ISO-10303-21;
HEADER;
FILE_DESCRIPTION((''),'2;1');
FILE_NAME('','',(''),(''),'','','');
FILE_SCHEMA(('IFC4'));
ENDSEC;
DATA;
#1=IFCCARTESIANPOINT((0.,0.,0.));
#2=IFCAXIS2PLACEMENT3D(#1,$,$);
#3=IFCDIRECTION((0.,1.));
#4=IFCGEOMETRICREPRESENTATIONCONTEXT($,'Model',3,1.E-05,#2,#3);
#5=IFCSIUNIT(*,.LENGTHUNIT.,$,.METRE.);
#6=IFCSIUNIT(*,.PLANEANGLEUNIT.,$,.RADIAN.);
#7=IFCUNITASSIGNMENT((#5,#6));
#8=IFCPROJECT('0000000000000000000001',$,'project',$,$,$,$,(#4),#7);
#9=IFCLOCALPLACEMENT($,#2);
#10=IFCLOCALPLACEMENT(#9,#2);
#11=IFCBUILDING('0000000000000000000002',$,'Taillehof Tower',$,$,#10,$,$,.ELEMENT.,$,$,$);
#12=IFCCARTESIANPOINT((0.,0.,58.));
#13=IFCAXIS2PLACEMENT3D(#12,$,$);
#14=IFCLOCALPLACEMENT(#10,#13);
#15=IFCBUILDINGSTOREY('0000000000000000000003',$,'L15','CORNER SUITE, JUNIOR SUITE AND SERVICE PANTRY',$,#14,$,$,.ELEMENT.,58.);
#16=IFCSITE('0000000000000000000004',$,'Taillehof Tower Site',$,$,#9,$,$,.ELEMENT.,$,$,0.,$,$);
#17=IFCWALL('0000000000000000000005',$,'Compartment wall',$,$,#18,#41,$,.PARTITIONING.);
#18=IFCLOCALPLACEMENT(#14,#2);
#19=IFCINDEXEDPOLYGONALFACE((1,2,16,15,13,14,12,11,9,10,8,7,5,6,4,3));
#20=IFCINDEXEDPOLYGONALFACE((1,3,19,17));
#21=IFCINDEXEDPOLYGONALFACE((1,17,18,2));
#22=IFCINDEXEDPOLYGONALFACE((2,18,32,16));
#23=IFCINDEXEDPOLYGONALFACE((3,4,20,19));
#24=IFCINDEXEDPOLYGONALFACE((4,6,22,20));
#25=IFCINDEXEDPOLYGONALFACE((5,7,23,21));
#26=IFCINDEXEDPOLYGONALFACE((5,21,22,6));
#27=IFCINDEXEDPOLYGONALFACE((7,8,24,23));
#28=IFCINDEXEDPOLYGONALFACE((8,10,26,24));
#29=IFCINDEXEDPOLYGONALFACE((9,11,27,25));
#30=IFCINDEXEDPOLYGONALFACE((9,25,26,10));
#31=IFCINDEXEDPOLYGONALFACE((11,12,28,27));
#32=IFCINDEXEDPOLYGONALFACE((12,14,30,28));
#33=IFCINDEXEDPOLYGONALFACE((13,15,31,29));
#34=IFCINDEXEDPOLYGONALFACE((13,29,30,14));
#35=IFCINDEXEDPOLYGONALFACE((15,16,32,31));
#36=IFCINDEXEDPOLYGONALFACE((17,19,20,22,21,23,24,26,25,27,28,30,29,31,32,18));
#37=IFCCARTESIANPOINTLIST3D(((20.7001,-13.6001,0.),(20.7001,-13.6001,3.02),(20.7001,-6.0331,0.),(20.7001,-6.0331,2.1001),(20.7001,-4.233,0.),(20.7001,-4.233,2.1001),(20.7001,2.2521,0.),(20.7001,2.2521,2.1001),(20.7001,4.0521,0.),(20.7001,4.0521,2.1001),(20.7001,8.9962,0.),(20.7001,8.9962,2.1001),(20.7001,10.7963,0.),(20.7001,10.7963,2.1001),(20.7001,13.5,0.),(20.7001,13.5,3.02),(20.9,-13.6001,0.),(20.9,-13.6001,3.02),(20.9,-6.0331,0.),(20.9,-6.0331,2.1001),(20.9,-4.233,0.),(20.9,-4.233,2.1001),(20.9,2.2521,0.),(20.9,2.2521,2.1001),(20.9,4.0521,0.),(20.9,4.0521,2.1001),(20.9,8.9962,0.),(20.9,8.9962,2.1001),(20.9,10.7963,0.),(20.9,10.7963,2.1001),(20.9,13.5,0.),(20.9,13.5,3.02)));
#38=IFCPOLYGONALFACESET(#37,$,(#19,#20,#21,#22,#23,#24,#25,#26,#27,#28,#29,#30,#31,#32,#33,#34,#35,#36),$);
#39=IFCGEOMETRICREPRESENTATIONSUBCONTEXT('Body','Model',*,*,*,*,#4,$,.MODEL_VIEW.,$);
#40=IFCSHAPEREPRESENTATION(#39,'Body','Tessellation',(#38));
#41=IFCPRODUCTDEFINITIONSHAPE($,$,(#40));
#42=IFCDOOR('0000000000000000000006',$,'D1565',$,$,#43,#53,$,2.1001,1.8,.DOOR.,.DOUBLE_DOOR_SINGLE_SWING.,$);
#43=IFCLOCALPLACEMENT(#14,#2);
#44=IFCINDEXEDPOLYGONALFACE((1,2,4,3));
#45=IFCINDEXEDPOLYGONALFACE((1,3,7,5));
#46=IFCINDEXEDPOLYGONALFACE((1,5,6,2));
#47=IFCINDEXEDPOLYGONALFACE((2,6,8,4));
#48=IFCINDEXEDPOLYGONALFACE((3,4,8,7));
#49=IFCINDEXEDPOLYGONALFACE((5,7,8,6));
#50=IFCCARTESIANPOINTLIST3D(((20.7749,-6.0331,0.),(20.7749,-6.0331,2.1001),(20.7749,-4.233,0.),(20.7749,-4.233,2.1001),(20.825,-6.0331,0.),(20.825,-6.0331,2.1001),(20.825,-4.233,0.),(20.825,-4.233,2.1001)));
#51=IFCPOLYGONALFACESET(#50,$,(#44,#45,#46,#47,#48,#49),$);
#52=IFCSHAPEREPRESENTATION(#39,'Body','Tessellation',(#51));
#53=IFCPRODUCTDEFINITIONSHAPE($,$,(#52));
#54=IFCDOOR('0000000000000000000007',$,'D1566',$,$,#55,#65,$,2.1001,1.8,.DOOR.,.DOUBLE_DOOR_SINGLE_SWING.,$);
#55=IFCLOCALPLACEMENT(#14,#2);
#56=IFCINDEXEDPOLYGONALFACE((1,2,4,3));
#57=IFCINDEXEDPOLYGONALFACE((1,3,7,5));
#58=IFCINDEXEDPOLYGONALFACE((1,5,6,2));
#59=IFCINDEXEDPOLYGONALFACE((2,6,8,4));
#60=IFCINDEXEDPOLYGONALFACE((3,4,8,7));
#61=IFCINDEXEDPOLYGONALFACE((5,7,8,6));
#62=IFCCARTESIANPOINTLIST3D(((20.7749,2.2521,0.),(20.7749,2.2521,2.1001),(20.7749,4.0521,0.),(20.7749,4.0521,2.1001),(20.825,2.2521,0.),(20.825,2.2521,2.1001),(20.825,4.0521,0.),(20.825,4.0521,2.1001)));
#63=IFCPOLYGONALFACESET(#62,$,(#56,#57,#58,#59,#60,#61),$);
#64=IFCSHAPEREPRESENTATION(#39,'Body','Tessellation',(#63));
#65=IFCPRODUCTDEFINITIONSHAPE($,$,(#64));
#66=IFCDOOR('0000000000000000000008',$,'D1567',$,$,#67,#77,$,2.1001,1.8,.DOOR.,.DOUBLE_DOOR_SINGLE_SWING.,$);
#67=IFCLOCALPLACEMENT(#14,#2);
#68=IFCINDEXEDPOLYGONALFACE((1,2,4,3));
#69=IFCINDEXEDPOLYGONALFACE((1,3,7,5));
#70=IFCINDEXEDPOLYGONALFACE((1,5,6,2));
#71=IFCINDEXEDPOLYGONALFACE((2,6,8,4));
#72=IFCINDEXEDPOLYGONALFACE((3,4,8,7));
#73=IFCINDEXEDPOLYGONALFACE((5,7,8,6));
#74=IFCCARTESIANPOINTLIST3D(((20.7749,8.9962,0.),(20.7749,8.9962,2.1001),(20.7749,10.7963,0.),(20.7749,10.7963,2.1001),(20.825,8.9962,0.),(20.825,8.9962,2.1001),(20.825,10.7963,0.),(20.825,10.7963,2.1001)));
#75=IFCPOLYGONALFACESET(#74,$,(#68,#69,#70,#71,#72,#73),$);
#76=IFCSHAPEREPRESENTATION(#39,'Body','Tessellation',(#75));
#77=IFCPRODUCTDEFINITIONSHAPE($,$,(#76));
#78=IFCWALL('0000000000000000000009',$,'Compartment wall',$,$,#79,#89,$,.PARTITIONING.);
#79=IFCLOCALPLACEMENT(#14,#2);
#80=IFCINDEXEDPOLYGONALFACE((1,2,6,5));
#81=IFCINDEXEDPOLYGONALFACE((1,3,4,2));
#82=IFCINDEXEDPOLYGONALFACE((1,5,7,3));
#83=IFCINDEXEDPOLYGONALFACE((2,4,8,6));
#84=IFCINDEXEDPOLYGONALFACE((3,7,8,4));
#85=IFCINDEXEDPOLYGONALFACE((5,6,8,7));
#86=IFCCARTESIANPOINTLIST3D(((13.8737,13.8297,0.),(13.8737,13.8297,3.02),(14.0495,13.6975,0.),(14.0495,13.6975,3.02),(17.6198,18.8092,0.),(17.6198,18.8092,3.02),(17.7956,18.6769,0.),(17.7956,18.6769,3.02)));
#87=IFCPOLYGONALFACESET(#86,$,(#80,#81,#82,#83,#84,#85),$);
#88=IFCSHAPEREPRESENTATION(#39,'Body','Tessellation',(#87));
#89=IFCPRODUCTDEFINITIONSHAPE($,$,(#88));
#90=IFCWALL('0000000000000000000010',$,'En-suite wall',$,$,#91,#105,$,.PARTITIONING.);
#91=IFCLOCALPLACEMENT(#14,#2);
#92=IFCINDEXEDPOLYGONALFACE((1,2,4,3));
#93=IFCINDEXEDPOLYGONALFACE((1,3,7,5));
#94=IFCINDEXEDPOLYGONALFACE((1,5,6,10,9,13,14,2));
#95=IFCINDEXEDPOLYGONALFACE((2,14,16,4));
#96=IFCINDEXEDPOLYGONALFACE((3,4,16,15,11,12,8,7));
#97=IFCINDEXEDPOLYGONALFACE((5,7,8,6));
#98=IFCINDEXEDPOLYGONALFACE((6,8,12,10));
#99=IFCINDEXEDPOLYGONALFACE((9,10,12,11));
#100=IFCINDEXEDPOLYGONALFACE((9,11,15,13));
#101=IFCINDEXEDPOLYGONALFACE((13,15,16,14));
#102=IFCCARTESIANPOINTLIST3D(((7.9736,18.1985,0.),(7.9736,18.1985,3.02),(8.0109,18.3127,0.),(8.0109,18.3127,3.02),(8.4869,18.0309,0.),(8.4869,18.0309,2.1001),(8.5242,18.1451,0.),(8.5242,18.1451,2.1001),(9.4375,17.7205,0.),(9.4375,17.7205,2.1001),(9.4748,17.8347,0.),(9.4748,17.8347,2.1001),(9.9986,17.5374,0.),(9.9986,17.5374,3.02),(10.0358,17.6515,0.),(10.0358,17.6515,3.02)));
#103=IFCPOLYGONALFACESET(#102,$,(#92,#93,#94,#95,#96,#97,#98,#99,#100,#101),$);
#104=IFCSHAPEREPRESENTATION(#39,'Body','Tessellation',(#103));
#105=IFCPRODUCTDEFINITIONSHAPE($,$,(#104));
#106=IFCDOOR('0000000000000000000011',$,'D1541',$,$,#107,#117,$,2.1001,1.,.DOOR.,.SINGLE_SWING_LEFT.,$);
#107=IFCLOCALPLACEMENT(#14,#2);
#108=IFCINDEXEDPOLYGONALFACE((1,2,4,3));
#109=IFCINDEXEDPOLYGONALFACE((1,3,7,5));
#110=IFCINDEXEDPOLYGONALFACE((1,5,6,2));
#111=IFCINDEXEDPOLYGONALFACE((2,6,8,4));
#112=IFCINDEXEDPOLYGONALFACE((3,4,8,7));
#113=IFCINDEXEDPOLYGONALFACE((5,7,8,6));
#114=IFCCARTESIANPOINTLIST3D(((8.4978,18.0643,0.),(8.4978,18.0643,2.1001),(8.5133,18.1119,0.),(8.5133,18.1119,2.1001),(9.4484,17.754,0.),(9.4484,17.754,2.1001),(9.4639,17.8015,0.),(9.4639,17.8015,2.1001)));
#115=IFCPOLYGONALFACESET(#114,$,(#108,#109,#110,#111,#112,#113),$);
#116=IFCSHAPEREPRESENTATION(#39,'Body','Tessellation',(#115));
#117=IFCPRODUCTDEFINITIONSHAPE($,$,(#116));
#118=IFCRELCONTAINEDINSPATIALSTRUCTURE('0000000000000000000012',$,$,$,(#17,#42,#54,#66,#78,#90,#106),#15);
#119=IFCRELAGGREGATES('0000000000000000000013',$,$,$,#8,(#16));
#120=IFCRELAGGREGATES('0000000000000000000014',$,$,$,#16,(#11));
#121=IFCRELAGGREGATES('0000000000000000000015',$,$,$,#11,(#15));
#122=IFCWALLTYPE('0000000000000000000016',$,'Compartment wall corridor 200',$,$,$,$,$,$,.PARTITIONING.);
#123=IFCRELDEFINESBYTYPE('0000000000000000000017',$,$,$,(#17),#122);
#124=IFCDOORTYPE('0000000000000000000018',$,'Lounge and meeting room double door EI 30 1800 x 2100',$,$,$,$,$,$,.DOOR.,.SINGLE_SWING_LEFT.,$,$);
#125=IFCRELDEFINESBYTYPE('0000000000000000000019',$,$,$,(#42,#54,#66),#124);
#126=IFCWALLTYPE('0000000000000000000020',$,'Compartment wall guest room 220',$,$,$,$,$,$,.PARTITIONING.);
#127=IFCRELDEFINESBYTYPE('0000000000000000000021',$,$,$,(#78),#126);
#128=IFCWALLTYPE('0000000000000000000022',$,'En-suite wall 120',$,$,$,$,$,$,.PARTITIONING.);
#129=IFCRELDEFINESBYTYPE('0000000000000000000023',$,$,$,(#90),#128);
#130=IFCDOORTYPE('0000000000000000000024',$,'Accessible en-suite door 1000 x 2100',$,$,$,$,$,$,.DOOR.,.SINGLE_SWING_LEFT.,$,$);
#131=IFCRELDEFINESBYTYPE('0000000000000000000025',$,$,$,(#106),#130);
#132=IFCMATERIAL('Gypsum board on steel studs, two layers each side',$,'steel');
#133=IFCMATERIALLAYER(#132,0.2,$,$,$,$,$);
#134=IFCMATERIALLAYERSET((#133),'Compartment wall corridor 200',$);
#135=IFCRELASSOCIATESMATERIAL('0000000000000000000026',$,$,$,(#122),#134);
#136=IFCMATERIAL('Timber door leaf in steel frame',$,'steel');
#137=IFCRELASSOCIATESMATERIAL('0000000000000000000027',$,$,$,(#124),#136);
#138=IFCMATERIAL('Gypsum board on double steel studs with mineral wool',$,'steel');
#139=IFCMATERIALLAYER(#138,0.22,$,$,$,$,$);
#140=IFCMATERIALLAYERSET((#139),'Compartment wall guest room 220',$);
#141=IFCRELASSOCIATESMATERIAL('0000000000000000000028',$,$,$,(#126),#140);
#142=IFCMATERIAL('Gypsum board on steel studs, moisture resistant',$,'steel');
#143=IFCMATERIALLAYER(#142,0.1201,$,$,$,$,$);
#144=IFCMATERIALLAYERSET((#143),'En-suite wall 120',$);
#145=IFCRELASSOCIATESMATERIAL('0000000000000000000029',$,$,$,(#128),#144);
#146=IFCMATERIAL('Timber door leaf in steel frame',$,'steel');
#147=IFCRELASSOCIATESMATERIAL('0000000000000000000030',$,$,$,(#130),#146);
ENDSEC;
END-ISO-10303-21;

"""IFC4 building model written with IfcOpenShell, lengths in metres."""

from ifc_helpers import new_model, si_unit, direction, frame, frame_2d, origin, place, context, subcontext, project, spatial, rectangle, extrude, material, layer, layer_set, type_object, element, fill, save


model = new_model("IFC4")

# Units and contexts
model_context = context("Model", 3, precision=1e-05, world=origin(), true_north=direction((0.0, 1.0)))
body_context = subcontext(model_context, "Body", "Model", "MODEL_VIEW")
ifc_project = project(units=[si_unit("LENGTHUNIT", "METRE"), si_unit("PLANEANGLEUNIT", "RADIAN")], contexts=[model_context])

# Site, building, storey
site_placement = place(None, origin())
site = spatial("IfcSite", under=ifc_project, at=site_placement, Name="Taillehof Tower Site", CompositionType="ELEMENT", RefElevation=0.0)
building_placement = place(site_placement, origin())
building = spatial("IfcBuilding", under=site, at=building_placement, Name="Taillehof Tower", CompositionType="ELEMENT")
storey_placement = place(building_placement, frame((0.0, 0.0, 58.0)))
storey = spatial("IfcBuildingStorey", under=building, at=storey_placement, Name="L15", Description="CORNER SUITE, JUNIOR SUITE AND SERVICE PANTRY", CompositionType="ELEMENT", Elevation=58.0)

# Shared definitions
ifc_material_1 = material(Name="Gypsum board on steel studs, two layers each side", Category="steel")
ifc_layer_1 = layer(ifc_material_1, 0.2)
ifc_layer_set_1 = layer_set([ifc_layer_1], Name="Compartment wall corridor 200")
wall_type_1 = type_object("IfcWallType", Name="Compartment wall corridor 200", PredefinedType="PARTITIONING", material=ifc_layer_set_1)

# Wall, openings, doors
wall_1_placement = place(storey_placement, frame((20.8, 13.5, 0.0), z_axis=(0.0, 0.0, 1.0), x_axis=(0.0, -1.0, 0.0)))
wall_1 = element("IfcWall", 1, at=wall_1_placement, inside=storey, type_object=wall_type_1, Name="Compartment wall", PredefinedType="PARTITIONING", context=body_context, shape_type="SweptSolid", body=[
    extrude(rectangle(XDim=27.1001, YDim=0.2, at=frame_2d((13.55, 0.0))), origin(), (0.0, 0.0, 1.0), 3.02),
])
opening_1_placement = place(wall_1_placement, frame((17.7332, 0.0, 0.0)))
opening_1 = element("IfcOpeningElement", 2, at=opening_1_placement, cuts=wall_1, PredefinedType="OPENING", context=body_context, shape_type="SweptSolid", body=[
    extrude(rectangle(XDim=1.8, YDim=2.1001, at=frame_2d((0.8999, 1.05))), frame((0.0, 0.1099, 0.0), z_axis=(0.0, -1.0, 0.0), x_axis=(1.0, 0.0, 0.0)), (0.0, 0.0, 1.0), 0.22),
])
opening_2_placement = place(wall_1_placement, frame((9.448, 0.0, 0.0)))
opening_2 = element("IfcOpeningElement", 3, at=opening_2_placement, cuts=wall_1, PredefinedType="OPENING", context=body_context, shape_type="SweptSolid", body=[
    extrude(rectangle(XDim=1.8, YDim=2.1001, at=frame_2d((0.8999, 1.05))), frame((0.0, 0.1099, 0.0), z_axis=(0.0, -1.0, 0.0), x_axis=(1.0, 0.0, 0.0)), (0.0, 0.0, 1.0), 0.22),
])
opening_3_placement = place(wall_1_placement, frame((2.7039, 0.0, 0.0)))
opening_3 = element("IfcOpeningElement", 4, at=opening_3_placement, cuts=wall_1, PredefinedType="OPENING", context=body_context, shape_type="SweptSolid", body=[
    extrude(rectangle(XDim=1.8, YDim=2.1001, at=frame_2d((0.8999, 1.05))), frame((0.0, 0.1099, 0.0), z_axis=(0.0, -1.0, 0.0), x_axis=(1.0, 0.0, 0.0)), (0.0, 0.0, 1.0), 0.22),
])
ifc_material_2 = material(Name="Timber door leaf in steel frame", Category="steel")
door_type_1 = type_object("IfcDoorType", Name="Lounge and meeting room double door EI 30 1800 x 2100", OperationType="SINGLE_SWING_LEFT", PredefinedType="DOOR", material=ifc_material_2)
door_1_placement = place(opening_1_placement, origin())
door_1 = element("IfcDoor", 5, at=door_1_placement, inside=storey, type_object=door_type_1, Name="D1565", OperationType="DOUBLE_DOOR_SINGLE_SWING", OverallHeight=2.1001, OverallWidth=1.8, PredefinedType="DOOR", context=body_context, shape_type="SweptSolid", body=[
    extrude(rectangle(XDim=1.8, YDim=2.1001, at=frame_2d((0.8999, 1.05))), frame((0.0, 0.0249, 0.0), z_axis=(0.0, -1.0, 0.0), x_axis=(1.0, 0.0, 0.0)), (0.0, 0.0, 1.0), 0.05),
])
fill(opening_1, door_1)
door_2_placement = place(opening_2_placement, origin())
door_2 = element("IfcDoor", 6, at=door_2_placement, inside=storey, type_object=door_type_1, Name="D1566", OperationType="DOUBLE_DOOR_SINGLE_SWING", OverallHeight=2.1001, OverallWidth=1.8, PredefinedType="DOOR", context=body_context, shape_type="SweptSolid", body=[
    extrude(rectangle(XDim=1.8, YDim=2.1001, at=frame_2d((0.8999, 1.05))), frame((0.0, 0.0249, 0.0), z_axis=(0.0, -1.0, 0.0), x_axis=(1.0, 0.0, 0.0)), (0.0, 0.0, 1.0), 0.05),
])
fill(opening_2, door_2)
door_3_placement = place(opening_3_placement, origin())
door_3 = element("IfcDoor", 7, at=door_3_placement, inside=storey, type_object=door_type_1, Name="D1567", OperationType="DOUBLE_DOOR_SINGLE_SWING", OverallHeight=2.1001, OverallWidth=1.8, PredefinedType="DOOR", context=body_context, shape_type="SweptSolid", body=[
    extrude(rectangle(XDim=1.8, YDim=2.1001, at=frame_2d((0.8999, 1.05))), frame((0.0, 0.0249, 0.0), z_axis=(0.0, -1.0, 0.0), x_axis=(1.0, 0.0, 0.0)), (0.0, 0.0, 1.0), 0.05),
])
fill(opening_3, door_3)

# Wall
ifc_material_3 = material(Name="Gypsum board on double steel studs with mineral wool", Category="steel")
ifc_layer_2 = layer(ifc_material_3, 0.22)
ifc_layer_set_2 = layer_set([ifc_layer_2], Name="Compartment wall guest room 220")
wall_type_2 = type_object("IfcWallType", Name="Compartment wall guest room 220", PredefinedType="PARTITIONING", material=ifc_layer_set_2)
wall_2_placement = place(storey_placement, frame((17.7078, 18.7432, 0.0), z_axis=(0.0, 0.0, 1.0), x_axis=(-0.601178, -0.799115, 0.0)))
element("IfcWall", 8, at=wall_2_placement, inside=storey, type_object=wall_type_2, Name="Compartment wall", PredefinedType="PARTITIONING", context=body_context, shape_type="SweptSolid", body=[
    extrude(rectangle(XDim=6.2312, YDim=0.22, at=frame_2d((3.1157, 0.0))), origin(), (0.0, 0.0, 1.0), 3.02),
])

# Wall, opening, door
ifc_material_4 = material(Name="Gypsum board on steel studs, moisture resistant", Category="steel")
ifc_layer_3 = layer(ifc_material_4, 0.1201)
ifc_layer_set_3 = layer_set([ifc_layer_3], Name="En-suite wall 120")
wall_type_3 = type_object("IfcWallType", Name="En-suite wall 120", PredefinedType="PARTITIONING", material=ifc_layer_set_3)
wall_3_placement = place(storey_placement, frame((10.0171, 17.5945, 0.0), z_axis=(0.0, 0.0, 1.0), x_axis=(-0.950614, 0.310376, 0.0)))
wall_3 = element("IfcWall", 9, at=wall_3_placement, inside=storey, type_object=wall_type_3, Name="En-suite wall", PredefinedType="PARTITIONING", context=body_context, shape_type="SweptSolid", body=[
    extrude(rectangle(XDim=2.1301, YDim=0.1201, at=frame_2d((1.0649, 0.0))), origin(), (0.0, 0.0, 1.0), 3.02),
])
opening_4_placement = place(wall_3_placement, frame((0.5901, 0.0, 0.0)))
opening_4 = element("IfcOpeningElement", 10, at=opening_4_placement, cuts=wall_3, PredefinedType="OPENING", context=body_context, shape_type="SweptSolid", body=[
    extrude(rectangle(XDim=1.0, YDim=2.1001, at=frame_2d((0.5, 1.05))), frame((0.0, 0.0701, 0.0), z_axis=(0.0, -1.0, 0.0), x_axis=(1.0, 0.0, 0.0)), (0.0, 0.0, 1.0), 0.1401),
])
ifc_material_5 = material(Name="Timber door leaf in steel frame", Category="steel")
door_type_2 = type_object("IfcDoorType", Name="Accessible en-suite door 1000 x 2100", OperationType="SINGLE_SWING_LEFT", PredefinedType="DOOR", material=ifc_material_5)
door_4_placement = place(opening_4_placement, origin())
door_4 = element("IfcDoor", 11, at=door_4_placement, inside=storey, type_object=door_type_2, Name="D1541", OperationType="SINGLE_SWING_LEFT", OverallHeight=2.1001, OverallWidth=1.0, PredefinedType="DOOR", context=body_context, shape_type="SweptSolid", body=[
    extrude(rectangle(XDim=1.0, YDim=2.1001, at=frame_2d((0.5, 1.05))), frame((0.0, 0.0249, 0.0), z_axis=(0.0, -1.0, 0.0), x_axis=(1.0, 0.0, 0.0)), (0.0, 0.0, 1.0), 0.05),
])
fill(opening_4, door_4)

save(model, "model.ifc")
